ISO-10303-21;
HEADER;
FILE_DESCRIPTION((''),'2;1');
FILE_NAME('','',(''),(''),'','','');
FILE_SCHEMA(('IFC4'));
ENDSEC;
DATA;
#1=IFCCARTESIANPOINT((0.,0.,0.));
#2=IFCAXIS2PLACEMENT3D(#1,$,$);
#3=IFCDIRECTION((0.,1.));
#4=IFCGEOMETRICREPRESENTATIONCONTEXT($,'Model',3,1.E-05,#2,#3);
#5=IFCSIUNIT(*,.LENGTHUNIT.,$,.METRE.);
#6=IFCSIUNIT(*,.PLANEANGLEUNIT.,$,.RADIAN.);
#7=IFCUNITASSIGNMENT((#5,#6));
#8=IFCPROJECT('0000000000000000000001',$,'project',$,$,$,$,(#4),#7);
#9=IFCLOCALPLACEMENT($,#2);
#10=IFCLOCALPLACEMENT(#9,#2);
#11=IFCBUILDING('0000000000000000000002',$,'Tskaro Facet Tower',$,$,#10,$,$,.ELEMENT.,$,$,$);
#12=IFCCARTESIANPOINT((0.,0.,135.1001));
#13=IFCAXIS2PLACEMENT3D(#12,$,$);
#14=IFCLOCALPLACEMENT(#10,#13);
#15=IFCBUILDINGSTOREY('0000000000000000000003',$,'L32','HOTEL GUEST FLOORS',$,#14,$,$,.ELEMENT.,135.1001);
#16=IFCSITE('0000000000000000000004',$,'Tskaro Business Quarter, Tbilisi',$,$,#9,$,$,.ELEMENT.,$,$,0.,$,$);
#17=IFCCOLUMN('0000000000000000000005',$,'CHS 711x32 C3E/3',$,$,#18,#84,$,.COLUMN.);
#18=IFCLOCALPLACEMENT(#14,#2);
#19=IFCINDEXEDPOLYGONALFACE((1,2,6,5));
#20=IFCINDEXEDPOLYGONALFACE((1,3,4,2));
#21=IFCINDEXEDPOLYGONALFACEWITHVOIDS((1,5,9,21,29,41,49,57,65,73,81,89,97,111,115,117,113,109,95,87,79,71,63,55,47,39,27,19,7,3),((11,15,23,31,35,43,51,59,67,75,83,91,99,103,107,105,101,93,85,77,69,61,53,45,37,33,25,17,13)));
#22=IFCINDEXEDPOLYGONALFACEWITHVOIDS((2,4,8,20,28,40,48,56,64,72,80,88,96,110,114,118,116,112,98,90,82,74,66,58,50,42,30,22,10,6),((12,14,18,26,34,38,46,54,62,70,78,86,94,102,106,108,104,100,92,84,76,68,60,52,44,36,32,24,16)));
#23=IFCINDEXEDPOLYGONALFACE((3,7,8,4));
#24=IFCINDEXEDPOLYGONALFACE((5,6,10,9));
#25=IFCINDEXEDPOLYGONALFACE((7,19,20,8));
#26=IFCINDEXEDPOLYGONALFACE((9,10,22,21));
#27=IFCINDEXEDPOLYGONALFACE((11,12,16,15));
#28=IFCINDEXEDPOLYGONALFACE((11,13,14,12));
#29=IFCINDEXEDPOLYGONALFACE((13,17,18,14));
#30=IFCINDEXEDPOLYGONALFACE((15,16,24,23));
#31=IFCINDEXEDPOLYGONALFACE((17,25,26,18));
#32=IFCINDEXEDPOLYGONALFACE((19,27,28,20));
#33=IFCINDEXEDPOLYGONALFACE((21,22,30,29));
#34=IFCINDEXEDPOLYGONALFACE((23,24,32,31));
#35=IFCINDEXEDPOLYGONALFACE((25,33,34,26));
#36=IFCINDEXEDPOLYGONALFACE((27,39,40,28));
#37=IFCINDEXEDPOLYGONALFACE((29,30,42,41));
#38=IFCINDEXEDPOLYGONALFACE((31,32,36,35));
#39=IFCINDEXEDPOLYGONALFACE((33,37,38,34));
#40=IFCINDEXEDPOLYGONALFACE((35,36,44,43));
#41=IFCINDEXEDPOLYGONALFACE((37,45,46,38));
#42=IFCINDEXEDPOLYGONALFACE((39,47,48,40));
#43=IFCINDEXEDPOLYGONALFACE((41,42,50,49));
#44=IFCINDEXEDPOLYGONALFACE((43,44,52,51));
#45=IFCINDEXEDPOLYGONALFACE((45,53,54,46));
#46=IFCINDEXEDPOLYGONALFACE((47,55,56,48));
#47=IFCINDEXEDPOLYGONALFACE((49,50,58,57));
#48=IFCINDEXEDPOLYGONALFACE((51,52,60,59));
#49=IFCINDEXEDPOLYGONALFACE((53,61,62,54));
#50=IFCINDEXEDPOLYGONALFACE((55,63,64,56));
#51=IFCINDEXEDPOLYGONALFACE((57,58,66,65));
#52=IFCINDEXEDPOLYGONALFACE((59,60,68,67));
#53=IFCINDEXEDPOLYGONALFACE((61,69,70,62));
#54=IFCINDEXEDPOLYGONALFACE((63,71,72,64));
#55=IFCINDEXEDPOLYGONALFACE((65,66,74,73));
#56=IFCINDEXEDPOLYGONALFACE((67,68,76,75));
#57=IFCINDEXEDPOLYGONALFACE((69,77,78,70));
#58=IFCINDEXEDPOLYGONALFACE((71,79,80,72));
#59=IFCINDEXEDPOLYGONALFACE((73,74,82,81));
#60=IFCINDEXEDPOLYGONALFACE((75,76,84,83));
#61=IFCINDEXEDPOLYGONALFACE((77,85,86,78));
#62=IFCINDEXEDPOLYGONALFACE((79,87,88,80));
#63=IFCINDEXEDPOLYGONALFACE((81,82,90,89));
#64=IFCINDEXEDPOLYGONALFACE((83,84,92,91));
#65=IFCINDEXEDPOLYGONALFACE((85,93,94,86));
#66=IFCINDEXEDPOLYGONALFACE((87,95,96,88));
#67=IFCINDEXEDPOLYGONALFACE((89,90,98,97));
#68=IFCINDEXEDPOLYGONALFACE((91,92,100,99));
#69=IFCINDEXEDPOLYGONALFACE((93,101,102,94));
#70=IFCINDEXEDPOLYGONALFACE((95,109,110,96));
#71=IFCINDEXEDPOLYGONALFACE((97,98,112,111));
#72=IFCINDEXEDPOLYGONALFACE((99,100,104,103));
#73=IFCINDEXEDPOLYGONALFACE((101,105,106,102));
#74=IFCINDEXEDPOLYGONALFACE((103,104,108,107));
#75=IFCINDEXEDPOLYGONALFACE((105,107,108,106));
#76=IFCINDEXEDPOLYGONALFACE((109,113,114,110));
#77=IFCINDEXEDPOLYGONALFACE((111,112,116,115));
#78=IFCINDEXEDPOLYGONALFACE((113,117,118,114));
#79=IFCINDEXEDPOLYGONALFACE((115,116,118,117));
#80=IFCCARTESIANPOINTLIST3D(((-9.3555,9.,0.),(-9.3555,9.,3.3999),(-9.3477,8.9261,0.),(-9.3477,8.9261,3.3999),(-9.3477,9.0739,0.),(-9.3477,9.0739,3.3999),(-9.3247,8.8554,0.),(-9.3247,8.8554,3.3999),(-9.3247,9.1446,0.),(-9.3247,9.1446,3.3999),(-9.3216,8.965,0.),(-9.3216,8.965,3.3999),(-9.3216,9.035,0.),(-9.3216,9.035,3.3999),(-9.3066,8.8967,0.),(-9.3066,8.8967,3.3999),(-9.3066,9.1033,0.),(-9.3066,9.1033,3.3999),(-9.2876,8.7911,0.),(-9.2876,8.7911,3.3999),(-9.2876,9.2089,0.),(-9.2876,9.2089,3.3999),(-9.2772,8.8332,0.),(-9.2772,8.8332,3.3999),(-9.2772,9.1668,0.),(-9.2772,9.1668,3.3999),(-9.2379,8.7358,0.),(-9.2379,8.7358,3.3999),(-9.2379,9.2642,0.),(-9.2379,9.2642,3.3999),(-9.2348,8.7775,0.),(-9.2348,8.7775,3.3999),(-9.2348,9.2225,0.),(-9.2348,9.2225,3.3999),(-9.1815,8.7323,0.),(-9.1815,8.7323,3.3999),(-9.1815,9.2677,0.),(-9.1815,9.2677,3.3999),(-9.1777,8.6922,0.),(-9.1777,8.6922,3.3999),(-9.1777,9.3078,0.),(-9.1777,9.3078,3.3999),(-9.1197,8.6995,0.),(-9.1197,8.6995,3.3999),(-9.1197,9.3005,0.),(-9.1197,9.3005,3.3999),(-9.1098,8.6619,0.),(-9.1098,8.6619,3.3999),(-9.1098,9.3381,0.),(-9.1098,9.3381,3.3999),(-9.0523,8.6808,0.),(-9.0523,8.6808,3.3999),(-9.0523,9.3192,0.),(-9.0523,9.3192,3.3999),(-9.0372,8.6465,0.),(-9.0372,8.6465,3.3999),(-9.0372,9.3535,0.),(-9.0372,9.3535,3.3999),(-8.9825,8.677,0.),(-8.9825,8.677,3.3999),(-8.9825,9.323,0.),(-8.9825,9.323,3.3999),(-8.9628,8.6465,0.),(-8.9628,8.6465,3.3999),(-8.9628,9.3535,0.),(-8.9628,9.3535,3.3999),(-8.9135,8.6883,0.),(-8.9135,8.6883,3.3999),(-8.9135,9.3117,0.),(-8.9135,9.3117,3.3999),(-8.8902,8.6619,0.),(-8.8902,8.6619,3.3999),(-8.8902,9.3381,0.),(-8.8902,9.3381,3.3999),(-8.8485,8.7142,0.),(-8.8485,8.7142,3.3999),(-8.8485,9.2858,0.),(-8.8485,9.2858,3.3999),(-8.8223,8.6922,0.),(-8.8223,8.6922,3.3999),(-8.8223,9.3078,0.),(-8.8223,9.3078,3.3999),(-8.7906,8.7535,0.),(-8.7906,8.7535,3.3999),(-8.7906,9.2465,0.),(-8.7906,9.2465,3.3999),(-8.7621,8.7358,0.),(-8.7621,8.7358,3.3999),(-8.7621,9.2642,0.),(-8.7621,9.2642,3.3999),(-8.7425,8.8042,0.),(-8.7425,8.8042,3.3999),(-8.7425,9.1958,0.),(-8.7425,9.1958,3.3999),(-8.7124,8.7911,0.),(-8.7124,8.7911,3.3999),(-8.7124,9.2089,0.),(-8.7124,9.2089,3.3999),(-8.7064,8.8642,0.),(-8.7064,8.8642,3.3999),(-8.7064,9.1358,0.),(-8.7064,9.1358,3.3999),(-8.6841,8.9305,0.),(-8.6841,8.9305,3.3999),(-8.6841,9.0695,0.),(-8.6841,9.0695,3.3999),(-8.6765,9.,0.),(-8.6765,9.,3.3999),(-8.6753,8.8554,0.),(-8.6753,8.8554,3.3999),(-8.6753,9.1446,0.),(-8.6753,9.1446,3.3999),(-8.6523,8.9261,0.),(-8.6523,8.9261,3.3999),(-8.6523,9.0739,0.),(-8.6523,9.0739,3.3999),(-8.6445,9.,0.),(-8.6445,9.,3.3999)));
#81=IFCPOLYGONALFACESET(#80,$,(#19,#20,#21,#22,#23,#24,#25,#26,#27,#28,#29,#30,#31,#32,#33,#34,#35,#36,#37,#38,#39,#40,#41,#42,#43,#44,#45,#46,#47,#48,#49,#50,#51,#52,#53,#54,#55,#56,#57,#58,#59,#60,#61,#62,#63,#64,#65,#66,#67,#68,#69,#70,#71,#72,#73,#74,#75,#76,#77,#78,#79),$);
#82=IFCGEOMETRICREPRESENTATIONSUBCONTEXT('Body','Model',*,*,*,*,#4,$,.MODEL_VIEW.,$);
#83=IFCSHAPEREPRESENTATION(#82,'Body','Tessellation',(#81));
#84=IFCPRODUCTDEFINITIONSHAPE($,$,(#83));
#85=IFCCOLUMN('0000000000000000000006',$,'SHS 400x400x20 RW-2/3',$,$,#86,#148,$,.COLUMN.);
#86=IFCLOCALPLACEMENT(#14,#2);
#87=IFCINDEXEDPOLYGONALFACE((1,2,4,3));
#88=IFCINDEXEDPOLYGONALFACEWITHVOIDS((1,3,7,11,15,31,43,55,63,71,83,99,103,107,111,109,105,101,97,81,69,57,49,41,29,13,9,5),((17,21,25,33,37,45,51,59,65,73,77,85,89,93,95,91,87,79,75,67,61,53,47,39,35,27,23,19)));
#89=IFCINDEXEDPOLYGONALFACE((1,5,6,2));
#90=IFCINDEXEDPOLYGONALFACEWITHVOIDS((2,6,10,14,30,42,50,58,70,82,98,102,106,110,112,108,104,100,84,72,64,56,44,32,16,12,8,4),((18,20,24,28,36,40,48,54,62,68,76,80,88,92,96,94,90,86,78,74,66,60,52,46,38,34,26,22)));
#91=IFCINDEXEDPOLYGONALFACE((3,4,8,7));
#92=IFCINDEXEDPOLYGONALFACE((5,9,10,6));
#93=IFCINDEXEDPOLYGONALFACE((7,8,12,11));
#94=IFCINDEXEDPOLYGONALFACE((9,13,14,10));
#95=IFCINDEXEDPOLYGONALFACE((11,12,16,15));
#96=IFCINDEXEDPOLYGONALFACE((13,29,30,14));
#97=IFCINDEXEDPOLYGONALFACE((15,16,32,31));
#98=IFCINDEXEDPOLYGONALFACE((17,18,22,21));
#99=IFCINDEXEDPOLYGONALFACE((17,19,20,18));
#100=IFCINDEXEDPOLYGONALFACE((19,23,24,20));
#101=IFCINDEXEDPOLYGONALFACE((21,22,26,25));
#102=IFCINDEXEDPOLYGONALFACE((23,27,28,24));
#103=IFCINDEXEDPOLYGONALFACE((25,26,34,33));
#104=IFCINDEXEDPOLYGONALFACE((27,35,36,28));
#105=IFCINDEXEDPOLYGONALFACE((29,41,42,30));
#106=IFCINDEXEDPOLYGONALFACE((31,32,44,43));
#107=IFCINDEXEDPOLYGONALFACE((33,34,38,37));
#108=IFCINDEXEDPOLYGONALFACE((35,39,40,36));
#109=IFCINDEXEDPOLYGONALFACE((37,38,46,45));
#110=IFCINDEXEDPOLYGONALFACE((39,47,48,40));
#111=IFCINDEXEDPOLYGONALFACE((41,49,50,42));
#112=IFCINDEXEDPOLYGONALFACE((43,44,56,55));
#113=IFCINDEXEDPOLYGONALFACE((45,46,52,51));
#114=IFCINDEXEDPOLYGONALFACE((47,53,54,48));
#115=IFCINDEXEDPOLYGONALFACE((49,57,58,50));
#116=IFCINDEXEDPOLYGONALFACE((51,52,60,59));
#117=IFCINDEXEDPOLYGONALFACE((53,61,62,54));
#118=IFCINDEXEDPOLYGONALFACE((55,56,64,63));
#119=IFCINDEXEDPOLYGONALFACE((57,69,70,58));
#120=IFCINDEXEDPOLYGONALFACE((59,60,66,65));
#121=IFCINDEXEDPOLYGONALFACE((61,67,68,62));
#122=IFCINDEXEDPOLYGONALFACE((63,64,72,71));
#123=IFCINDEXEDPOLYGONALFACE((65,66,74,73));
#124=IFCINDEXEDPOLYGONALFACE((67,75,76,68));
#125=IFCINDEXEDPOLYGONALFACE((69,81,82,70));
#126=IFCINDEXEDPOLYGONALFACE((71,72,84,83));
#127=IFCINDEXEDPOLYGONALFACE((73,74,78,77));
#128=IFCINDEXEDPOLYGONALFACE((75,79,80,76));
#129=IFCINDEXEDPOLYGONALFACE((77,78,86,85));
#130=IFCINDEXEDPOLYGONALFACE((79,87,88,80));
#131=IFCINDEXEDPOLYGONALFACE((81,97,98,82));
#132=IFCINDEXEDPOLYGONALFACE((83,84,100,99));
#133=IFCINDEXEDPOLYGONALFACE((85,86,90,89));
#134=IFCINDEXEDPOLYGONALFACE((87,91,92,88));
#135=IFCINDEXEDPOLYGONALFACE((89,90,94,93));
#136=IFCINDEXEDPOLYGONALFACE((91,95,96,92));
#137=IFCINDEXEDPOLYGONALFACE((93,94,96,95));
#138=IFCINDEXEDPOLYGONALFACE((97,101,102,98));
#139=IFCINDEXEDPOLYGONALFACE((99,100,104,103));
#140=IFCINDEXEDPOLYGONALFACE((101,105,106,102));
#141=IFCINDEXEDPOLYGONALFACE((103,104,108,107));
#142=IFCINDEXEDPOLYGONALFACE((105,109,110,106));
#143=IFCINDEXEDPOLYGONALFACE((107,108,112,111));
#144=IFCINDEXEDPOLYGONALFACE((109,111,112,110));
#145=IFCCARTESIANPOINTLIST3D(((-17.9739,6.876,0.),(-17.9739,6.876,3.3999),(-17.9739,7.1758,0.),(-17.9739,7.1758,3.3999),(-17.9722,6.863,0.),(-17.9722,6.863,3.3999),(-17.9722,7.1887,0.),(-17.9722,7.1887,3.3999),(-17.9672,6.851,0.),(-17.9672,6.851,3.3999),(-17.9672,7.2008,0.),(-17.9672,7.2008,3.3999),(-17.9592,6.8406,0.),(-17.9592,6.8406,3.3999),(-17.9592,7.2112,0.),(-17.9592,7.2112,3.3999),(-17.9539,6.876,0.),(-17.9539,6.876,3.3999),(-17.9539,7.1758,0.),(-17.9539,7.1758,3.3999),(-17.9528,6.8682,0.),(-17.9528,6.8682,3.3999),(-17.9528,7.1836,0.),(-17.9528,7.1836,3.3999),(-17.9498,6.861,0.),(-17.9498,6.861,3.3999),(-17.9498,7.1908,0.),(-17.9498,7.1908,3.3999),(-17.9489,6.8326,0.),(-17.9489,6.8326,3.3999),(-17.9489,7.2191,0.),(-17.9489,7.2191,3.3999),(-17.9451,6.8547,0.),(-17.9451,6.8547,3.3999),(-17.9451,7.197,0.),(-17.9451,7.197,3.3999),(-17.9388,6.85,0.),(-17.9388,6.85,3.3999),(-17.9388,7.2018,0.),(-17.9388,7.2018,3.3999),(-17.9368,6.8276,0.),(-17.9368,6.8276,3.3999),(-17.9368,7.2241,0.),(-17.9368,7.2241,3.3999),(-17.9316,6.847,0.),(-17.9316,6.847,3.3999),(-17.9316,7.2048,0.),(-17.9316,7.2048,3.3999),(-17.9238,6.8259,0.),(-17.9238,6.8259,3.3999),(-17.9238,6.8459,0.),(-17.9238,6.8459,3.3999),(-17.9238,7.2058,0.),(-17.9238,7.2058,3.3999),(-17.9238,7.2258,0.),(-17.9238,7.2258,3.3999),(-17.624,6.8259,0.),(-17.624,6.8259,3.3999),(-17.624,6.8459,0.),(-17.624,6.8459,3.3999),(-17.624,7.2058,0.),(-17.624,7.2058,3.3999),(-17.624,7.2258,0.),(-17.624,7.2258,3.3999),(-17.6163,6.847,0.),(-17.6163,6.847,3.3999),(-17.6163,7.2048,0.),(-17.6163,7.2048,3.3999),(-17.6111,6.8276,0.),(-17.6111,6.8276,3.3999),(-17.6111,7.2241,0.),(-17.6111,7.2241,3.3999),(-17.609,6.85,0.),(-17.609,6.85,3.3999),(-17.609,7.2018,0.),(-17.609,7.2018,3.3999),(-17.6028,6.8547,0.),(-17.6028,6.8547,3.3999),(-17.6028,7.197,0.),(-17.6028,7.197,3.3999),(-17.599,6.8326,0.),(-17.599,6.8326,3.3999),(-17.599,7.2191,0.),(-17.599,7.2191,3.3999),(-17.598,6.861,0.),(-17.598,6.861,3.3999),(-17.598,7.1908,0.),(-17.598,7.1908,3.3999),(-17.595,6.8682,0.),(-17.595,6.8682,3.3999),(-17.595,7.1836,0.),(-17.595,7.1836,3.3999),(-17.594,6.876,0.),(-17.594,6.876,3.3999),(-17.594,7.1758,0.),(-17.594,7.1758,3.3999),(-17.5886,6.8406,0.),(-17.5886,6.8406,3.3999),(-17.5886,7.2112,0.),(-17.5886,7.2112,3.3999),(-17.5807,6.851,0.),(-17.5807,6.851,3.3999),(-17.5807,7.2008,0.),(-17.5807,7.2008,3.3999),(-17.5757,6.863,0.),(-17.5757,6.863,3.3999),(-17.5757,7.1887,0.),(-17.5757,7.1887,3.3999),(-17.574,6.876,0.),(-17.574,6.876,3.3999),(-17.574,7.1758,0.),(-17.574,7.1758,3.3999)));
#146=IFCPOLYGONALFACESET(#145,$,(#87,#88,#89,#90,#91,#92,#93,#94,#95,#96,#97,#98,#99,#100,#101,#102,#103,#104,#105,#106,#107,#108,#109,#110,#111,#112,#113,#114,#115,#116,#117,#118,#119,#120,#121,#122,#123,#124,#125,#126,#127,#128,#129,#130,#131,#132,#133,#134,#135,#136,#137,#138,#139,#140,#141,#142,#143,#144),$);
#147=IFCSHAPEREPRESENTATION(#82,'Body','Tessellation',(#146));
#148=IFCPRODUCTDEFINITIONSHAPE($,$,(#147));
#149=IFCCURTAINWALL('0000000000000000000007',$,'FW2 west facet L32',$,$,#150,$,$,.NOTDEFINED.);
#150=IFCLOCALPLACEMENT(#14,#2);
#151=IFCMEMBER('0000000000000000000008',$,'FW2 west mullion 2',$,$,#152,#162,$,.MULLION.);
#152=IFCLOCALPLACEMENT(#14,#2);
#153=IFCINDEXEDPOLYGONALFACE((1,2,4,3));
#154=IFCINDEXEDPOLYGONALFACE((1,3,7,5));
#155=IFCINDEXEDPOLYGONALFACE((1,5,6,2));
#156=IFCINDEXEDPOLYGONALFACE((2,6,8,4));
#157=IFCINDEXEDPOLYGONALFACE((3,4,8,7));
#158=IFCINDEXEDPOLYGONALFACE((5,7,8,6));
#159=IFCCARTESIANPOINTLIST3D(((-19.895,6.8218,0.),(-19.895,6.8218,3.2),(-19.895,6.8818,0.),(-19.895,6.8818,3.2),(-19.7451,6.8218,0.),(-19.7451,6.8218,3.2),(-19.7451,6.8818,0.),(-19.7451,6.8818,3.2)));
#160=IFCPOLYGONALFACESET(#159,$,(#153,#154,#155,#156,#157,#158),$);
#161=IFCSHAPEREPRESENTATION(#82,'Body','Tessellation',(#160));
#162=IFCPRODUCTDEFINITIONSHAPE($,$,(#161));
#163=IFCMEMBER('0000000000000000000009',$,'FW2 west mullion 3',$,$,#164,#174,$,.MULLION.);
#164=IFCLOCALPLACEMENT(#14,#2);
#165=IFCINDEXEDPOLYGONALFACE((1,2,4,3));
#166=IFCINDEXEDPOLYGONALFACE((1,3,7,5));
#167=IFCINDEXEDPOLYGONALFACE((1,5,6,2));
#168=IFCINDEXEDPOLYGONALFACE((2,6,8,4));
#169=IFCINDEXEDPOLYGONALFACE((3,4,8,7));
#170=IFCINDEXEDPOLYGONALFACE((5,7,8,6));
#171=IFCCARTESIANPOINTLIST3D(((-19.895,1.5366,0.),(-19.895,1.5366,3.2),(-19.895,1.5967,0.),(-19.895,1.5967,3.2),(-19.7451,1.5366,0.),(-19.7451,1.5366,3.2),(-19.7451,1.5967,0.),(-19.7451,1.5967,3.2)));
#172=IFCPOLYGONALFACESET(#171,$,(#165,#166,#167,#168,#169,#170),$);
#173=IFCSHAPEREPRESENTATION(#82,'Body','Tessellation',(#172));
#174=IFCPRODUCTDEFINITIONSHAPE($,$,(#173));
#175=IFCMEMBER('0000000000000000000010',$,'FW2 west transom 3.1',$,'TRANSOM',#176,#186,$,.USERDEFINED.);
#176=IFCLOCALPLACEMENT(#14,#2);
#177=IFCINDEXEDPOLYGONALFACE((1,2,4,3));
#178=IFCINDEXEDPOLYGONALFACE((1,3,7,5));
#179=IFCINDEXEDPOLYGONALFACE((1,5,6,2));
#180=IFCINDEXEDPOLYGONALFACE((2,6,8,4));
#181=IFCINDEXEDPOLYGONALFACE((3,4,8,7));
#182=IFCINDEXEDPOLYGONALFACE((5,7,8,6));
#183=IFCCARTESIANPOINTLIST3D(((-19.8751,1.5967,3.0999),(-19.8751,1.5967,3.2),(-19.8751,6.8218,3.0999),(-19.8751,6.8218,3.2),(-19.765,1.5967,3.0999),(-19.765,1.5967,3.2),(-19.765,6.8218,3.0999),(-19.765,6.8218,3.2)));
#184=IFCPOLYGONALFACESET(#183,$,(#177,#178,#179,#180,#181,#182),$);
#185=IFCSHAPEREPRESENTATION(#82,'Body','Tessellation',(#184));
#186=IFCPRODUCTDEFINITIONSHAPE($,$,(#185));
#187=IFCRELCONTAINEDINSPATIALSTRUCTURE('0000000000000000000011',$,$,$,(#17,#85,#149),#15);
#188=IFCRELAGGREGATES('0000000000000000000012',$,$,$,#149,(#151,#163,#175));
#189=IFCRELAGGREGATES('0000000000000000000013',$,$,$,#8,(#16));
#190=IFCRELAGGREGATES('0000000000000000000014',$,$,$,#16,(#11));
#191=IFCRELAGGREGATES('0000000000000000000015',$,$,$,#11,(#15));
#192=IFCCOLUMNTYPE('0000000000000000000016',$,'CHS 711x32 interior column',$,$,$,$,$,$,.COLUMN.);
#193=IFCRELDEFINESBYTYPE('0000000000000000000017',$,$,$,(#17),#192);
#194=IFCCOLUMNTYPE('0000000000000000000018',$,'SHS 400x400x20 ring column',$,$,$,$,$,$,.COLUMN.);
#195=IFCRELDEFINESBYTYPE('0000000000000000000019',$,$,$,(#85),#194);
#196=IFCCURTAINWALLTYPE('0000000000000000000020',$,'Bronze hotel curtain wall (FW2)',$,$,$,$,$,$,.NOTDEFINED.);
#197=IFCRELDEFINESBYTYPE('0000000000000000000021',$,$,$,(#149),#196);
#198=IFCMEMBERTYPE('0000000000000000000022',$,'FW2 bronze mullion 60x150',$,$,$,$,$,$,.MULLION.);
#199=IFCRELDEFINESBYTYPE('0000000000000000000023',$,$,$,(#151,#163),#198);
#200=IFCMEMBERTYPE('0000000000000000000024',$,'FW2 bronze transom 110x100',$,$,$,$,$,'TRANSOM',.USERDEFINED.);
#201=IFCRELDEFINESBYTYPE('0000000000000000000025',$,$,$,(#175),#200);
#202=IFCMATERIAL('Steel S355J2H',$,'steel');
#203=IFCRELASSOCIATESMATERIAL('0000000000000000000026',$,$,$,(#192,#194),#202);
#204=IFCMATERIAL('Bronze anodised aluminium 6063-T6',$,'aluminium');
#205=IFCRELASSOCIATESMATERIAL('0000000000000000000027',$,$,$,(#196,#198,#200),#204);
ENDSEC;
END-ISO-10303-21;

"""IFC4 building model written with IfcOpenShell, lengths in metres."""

from ifc_helpers import new_model, si_unit, direction, frame, origin, origin_2d, place, context, subcontext, project, spatial, rectangle, hollow_rectangle, hollow_circle, extrude, material, material_profile, profile_set, type_object, element, aggregate, save


model = new_model("IFC4")

# Units and contexts
model_context = context("Model", 3, precision=1e-05, world=origin(), true_north=direction((0.0, 1.0)))
body_context = subcontext(model_context, "Body", "Model", "MODEL_VIEW")
ifc_project = project(units=[si_unit("LENGTHUNIT", "METRE"), si_unit("PLANEANGLEUNIT", "RADIAN")], contexts=[model_context])

# Site, building, storey
site_placement = place(None, origin())
site = spatial("IfcSite", under=ifc_project, at=site_placement, Name="Tskaro Business Quarter, Tbilisi", CompositionType="ELEMENT", RefElevation=0.0)
building_placement = place(site_placement, origin())
building = spatial("IfcBuilding", under=site, at=building_placement, Name="Tskaro Facet Tower", CompositionType="ELEMENT")
storey_placement = place(building_placement, frame((0.0, 0.0, 135.1001)))
storey = spatial("IfcBuildingStorey", under=building, at=storey_placement, Name="L32", Description="HOTEL GUEST FLOORS", CompositionType="ELEMENT", Elevation=135.1001)

# Columns
ifc_material_1 = material(Name="Steel S355J2H", Category="steel")
ifc_material_profile_1 = material_profile(ifc_material_1, hollow_circle(Radius=0.3555, WallThickness=0.032, at=origin_2d()), Name="CHS 711x32")
ifc_profile_set_1 = profile_set([ifc_material_profile_1], Name="Steel S355J2H")
column_type_1 = type_object("IfcColumnType", Name="CHS 711x32 interior column", PredefinedType="COLUMN", material=ifc_profile_set_1)
column_1_placement = place(storey_placement, frame((-9.0, 9.0, 0.0), z_axis=(0.0, 0.0, 1.0), x_axis=(1.0, 0.0, 0.0)))
element("IfcColumn", 1, at=column_1_placement, inside=storey, type_object=column_type_1, Name="CHS 711x32 C3E/3", PredefinedType="COLUMN", context=body_context, shape_type="SweptSolid", body=[
    extrude(hollow_circle(Radius=0.3555, WallThickness=0.032, at=origin_2d()), origin(), (0.0, 0.0, 1.0), 3.3999),
])
ifc_material_profile_2 = material_profile(ifc_material_1, hollow_rectangle(XDim=0.3999, YDim=0.3999, WallThickness=0.02, InnerFilletRadius=0.03, OuterFilletRadius=0.05, at=origin_2d()), Name="SHS 400x400x20")
ifc_profile_set_2 = profile_set([ifc_material_profile_2], Name="Steel S355J2H")
column_type_2 = type_object("IfcColumnType", Name="SHS 400x400x20 ring column", PredefinedType="COLUMN", material=ifc_profile_set_2)
column_2_placement = place(storey_placement, frame((-17.7739, 7.0259, 0.0), z_axis=(0.0, 0.0, 1.0), x_axis=(1.0, 0.0, 0.0)))
element("IfcColumn", 2, at=column_2_placement, inside=storey, type_object=column_type_2, Name="SHS 400x400x20 RW-2/3", PredefinedType="COLUMN", context=body_context, shape_type="SweptSolid", body=[
    extrude(hollow_rectangle(XDim=0.3999, YDim=0.3999, WallThickness=0.02, InnerFilletRadius=0.03, OuterFilletRadius=0.05, at=origin_2d()), origin(), (0.0, 0.0, 1.0), 3.3999),
])

# Curtain wall, members
ifc_material_2 = material(Name="Bronze anodised aluminium 6063-T6", Category="aluminium")
curtain_wall_type = type_object("IfcCurtainWallType", Name="Bronze hotel curtain wall (FW2)", PredefinedType="NOTDEFINED", material=ifc_material_2)
curtain_wall_placement = place(storey_placement, origin())
curtain_wall = element("IfcCurtainWall", 3, at=curtain_wall_placement, inside=storey, type_object=curtain_wall_type, Name="FW2 west facet L32", PredefinedType="NOTDEFINED")
ifc_material_profile_3 = material_profile(ifc_material_2, rectangle(XDim=0.0601, YDim=0.1499, at=origin_2d()), Name="Mullion 60x150")
ifc_profile_set_3 = profile_set([ifc_material_profile_3], Name="Bronze anodised aluminium 6063-T6")
member_type_1 = type_object("IfcMemberType", Name="FW2 bronze mullion 60x150", PredefinedType="MULLION", material=ifc_profile_set_3)
member_1_placement = place(storey_placement, frame((-19.8201, 6.8518, 0.0), z_axis=(0.0, 0.0, 1.0), x_axis=(0.0, -1.0, 0.0)))
member_1 = element("IfcMember", 4, at=member_1_placement, type_object=member_type_1, Name="FW2 west mullion 2", PredefinedType="MULLION", context=body_context, shape_type="SweptSolid", body=[
    extrude(rectangle(XDim=0.0601, YDim=0.1499, at=origin_2d()), origin(), (0.0, 0.0, 1.0), 3.2),
])
member_2_placement = place(storey_placement, frame((-19.8201, 1.5667, 0.0), z_axis=(0.0, 0.0, 1.0), x_axis=(0.0, -1.0, 0.0)))
member_2 = element("IfcMember", 5, at=member_2_placement, type_object=member_type_1, Name="FW2 west mullion 3", PredefinedType="MULLION", context=body_context, shape_type="SweptSolid", body=[
    extrude(rectangle(XDim=0.0601, YDim=0.1499, at=origin_2d()), origin(), (0.0, 0.0, 1.0), 3.2),
])
ifc_material_profile_4 = material_profile(ifc_material_2, rectangle(XDim=0.1101, YDim=0.1001, at=origin_2d()), Name="Transom 110x100")
ifc_profile_set_4 = profile_set([ifc_material_profile_4], Name="Bronze anodised aluminium 6063-T6")
member_type_2 = type_object("IfcMemberType", Name="FW2 bronze transom 110x100", ElementType="TRANSOM", PredefinedType="USERDEFINED", material=ifc_profile_set_4)
member_3_placement = place(storey_placement, frame((-19.8201, 6.8218, 3.1499), z_axis=(0.0, -1.0, 0.0), x_axis=(1.0, 0.0, 0.0)))
member_3 = element("IfcMember", 6, at=member_3_placement, type_object=member_type_2, Name="FW2 west transom 3.1", ObjectType="TRANSOM", PredefinedType="USERDEFINED", context=body_context, shape_type="SweptSolid", body=[
    extrude(rectangle(XDim=0.1101, YDim=0.1001, at=origin_2d()), origin(), (0.0, 0.0, 1.0), 5.2251),
])

aggregate(curtain_wall, [member_1, member_2, member_3])

save(model, "model.ifc")
